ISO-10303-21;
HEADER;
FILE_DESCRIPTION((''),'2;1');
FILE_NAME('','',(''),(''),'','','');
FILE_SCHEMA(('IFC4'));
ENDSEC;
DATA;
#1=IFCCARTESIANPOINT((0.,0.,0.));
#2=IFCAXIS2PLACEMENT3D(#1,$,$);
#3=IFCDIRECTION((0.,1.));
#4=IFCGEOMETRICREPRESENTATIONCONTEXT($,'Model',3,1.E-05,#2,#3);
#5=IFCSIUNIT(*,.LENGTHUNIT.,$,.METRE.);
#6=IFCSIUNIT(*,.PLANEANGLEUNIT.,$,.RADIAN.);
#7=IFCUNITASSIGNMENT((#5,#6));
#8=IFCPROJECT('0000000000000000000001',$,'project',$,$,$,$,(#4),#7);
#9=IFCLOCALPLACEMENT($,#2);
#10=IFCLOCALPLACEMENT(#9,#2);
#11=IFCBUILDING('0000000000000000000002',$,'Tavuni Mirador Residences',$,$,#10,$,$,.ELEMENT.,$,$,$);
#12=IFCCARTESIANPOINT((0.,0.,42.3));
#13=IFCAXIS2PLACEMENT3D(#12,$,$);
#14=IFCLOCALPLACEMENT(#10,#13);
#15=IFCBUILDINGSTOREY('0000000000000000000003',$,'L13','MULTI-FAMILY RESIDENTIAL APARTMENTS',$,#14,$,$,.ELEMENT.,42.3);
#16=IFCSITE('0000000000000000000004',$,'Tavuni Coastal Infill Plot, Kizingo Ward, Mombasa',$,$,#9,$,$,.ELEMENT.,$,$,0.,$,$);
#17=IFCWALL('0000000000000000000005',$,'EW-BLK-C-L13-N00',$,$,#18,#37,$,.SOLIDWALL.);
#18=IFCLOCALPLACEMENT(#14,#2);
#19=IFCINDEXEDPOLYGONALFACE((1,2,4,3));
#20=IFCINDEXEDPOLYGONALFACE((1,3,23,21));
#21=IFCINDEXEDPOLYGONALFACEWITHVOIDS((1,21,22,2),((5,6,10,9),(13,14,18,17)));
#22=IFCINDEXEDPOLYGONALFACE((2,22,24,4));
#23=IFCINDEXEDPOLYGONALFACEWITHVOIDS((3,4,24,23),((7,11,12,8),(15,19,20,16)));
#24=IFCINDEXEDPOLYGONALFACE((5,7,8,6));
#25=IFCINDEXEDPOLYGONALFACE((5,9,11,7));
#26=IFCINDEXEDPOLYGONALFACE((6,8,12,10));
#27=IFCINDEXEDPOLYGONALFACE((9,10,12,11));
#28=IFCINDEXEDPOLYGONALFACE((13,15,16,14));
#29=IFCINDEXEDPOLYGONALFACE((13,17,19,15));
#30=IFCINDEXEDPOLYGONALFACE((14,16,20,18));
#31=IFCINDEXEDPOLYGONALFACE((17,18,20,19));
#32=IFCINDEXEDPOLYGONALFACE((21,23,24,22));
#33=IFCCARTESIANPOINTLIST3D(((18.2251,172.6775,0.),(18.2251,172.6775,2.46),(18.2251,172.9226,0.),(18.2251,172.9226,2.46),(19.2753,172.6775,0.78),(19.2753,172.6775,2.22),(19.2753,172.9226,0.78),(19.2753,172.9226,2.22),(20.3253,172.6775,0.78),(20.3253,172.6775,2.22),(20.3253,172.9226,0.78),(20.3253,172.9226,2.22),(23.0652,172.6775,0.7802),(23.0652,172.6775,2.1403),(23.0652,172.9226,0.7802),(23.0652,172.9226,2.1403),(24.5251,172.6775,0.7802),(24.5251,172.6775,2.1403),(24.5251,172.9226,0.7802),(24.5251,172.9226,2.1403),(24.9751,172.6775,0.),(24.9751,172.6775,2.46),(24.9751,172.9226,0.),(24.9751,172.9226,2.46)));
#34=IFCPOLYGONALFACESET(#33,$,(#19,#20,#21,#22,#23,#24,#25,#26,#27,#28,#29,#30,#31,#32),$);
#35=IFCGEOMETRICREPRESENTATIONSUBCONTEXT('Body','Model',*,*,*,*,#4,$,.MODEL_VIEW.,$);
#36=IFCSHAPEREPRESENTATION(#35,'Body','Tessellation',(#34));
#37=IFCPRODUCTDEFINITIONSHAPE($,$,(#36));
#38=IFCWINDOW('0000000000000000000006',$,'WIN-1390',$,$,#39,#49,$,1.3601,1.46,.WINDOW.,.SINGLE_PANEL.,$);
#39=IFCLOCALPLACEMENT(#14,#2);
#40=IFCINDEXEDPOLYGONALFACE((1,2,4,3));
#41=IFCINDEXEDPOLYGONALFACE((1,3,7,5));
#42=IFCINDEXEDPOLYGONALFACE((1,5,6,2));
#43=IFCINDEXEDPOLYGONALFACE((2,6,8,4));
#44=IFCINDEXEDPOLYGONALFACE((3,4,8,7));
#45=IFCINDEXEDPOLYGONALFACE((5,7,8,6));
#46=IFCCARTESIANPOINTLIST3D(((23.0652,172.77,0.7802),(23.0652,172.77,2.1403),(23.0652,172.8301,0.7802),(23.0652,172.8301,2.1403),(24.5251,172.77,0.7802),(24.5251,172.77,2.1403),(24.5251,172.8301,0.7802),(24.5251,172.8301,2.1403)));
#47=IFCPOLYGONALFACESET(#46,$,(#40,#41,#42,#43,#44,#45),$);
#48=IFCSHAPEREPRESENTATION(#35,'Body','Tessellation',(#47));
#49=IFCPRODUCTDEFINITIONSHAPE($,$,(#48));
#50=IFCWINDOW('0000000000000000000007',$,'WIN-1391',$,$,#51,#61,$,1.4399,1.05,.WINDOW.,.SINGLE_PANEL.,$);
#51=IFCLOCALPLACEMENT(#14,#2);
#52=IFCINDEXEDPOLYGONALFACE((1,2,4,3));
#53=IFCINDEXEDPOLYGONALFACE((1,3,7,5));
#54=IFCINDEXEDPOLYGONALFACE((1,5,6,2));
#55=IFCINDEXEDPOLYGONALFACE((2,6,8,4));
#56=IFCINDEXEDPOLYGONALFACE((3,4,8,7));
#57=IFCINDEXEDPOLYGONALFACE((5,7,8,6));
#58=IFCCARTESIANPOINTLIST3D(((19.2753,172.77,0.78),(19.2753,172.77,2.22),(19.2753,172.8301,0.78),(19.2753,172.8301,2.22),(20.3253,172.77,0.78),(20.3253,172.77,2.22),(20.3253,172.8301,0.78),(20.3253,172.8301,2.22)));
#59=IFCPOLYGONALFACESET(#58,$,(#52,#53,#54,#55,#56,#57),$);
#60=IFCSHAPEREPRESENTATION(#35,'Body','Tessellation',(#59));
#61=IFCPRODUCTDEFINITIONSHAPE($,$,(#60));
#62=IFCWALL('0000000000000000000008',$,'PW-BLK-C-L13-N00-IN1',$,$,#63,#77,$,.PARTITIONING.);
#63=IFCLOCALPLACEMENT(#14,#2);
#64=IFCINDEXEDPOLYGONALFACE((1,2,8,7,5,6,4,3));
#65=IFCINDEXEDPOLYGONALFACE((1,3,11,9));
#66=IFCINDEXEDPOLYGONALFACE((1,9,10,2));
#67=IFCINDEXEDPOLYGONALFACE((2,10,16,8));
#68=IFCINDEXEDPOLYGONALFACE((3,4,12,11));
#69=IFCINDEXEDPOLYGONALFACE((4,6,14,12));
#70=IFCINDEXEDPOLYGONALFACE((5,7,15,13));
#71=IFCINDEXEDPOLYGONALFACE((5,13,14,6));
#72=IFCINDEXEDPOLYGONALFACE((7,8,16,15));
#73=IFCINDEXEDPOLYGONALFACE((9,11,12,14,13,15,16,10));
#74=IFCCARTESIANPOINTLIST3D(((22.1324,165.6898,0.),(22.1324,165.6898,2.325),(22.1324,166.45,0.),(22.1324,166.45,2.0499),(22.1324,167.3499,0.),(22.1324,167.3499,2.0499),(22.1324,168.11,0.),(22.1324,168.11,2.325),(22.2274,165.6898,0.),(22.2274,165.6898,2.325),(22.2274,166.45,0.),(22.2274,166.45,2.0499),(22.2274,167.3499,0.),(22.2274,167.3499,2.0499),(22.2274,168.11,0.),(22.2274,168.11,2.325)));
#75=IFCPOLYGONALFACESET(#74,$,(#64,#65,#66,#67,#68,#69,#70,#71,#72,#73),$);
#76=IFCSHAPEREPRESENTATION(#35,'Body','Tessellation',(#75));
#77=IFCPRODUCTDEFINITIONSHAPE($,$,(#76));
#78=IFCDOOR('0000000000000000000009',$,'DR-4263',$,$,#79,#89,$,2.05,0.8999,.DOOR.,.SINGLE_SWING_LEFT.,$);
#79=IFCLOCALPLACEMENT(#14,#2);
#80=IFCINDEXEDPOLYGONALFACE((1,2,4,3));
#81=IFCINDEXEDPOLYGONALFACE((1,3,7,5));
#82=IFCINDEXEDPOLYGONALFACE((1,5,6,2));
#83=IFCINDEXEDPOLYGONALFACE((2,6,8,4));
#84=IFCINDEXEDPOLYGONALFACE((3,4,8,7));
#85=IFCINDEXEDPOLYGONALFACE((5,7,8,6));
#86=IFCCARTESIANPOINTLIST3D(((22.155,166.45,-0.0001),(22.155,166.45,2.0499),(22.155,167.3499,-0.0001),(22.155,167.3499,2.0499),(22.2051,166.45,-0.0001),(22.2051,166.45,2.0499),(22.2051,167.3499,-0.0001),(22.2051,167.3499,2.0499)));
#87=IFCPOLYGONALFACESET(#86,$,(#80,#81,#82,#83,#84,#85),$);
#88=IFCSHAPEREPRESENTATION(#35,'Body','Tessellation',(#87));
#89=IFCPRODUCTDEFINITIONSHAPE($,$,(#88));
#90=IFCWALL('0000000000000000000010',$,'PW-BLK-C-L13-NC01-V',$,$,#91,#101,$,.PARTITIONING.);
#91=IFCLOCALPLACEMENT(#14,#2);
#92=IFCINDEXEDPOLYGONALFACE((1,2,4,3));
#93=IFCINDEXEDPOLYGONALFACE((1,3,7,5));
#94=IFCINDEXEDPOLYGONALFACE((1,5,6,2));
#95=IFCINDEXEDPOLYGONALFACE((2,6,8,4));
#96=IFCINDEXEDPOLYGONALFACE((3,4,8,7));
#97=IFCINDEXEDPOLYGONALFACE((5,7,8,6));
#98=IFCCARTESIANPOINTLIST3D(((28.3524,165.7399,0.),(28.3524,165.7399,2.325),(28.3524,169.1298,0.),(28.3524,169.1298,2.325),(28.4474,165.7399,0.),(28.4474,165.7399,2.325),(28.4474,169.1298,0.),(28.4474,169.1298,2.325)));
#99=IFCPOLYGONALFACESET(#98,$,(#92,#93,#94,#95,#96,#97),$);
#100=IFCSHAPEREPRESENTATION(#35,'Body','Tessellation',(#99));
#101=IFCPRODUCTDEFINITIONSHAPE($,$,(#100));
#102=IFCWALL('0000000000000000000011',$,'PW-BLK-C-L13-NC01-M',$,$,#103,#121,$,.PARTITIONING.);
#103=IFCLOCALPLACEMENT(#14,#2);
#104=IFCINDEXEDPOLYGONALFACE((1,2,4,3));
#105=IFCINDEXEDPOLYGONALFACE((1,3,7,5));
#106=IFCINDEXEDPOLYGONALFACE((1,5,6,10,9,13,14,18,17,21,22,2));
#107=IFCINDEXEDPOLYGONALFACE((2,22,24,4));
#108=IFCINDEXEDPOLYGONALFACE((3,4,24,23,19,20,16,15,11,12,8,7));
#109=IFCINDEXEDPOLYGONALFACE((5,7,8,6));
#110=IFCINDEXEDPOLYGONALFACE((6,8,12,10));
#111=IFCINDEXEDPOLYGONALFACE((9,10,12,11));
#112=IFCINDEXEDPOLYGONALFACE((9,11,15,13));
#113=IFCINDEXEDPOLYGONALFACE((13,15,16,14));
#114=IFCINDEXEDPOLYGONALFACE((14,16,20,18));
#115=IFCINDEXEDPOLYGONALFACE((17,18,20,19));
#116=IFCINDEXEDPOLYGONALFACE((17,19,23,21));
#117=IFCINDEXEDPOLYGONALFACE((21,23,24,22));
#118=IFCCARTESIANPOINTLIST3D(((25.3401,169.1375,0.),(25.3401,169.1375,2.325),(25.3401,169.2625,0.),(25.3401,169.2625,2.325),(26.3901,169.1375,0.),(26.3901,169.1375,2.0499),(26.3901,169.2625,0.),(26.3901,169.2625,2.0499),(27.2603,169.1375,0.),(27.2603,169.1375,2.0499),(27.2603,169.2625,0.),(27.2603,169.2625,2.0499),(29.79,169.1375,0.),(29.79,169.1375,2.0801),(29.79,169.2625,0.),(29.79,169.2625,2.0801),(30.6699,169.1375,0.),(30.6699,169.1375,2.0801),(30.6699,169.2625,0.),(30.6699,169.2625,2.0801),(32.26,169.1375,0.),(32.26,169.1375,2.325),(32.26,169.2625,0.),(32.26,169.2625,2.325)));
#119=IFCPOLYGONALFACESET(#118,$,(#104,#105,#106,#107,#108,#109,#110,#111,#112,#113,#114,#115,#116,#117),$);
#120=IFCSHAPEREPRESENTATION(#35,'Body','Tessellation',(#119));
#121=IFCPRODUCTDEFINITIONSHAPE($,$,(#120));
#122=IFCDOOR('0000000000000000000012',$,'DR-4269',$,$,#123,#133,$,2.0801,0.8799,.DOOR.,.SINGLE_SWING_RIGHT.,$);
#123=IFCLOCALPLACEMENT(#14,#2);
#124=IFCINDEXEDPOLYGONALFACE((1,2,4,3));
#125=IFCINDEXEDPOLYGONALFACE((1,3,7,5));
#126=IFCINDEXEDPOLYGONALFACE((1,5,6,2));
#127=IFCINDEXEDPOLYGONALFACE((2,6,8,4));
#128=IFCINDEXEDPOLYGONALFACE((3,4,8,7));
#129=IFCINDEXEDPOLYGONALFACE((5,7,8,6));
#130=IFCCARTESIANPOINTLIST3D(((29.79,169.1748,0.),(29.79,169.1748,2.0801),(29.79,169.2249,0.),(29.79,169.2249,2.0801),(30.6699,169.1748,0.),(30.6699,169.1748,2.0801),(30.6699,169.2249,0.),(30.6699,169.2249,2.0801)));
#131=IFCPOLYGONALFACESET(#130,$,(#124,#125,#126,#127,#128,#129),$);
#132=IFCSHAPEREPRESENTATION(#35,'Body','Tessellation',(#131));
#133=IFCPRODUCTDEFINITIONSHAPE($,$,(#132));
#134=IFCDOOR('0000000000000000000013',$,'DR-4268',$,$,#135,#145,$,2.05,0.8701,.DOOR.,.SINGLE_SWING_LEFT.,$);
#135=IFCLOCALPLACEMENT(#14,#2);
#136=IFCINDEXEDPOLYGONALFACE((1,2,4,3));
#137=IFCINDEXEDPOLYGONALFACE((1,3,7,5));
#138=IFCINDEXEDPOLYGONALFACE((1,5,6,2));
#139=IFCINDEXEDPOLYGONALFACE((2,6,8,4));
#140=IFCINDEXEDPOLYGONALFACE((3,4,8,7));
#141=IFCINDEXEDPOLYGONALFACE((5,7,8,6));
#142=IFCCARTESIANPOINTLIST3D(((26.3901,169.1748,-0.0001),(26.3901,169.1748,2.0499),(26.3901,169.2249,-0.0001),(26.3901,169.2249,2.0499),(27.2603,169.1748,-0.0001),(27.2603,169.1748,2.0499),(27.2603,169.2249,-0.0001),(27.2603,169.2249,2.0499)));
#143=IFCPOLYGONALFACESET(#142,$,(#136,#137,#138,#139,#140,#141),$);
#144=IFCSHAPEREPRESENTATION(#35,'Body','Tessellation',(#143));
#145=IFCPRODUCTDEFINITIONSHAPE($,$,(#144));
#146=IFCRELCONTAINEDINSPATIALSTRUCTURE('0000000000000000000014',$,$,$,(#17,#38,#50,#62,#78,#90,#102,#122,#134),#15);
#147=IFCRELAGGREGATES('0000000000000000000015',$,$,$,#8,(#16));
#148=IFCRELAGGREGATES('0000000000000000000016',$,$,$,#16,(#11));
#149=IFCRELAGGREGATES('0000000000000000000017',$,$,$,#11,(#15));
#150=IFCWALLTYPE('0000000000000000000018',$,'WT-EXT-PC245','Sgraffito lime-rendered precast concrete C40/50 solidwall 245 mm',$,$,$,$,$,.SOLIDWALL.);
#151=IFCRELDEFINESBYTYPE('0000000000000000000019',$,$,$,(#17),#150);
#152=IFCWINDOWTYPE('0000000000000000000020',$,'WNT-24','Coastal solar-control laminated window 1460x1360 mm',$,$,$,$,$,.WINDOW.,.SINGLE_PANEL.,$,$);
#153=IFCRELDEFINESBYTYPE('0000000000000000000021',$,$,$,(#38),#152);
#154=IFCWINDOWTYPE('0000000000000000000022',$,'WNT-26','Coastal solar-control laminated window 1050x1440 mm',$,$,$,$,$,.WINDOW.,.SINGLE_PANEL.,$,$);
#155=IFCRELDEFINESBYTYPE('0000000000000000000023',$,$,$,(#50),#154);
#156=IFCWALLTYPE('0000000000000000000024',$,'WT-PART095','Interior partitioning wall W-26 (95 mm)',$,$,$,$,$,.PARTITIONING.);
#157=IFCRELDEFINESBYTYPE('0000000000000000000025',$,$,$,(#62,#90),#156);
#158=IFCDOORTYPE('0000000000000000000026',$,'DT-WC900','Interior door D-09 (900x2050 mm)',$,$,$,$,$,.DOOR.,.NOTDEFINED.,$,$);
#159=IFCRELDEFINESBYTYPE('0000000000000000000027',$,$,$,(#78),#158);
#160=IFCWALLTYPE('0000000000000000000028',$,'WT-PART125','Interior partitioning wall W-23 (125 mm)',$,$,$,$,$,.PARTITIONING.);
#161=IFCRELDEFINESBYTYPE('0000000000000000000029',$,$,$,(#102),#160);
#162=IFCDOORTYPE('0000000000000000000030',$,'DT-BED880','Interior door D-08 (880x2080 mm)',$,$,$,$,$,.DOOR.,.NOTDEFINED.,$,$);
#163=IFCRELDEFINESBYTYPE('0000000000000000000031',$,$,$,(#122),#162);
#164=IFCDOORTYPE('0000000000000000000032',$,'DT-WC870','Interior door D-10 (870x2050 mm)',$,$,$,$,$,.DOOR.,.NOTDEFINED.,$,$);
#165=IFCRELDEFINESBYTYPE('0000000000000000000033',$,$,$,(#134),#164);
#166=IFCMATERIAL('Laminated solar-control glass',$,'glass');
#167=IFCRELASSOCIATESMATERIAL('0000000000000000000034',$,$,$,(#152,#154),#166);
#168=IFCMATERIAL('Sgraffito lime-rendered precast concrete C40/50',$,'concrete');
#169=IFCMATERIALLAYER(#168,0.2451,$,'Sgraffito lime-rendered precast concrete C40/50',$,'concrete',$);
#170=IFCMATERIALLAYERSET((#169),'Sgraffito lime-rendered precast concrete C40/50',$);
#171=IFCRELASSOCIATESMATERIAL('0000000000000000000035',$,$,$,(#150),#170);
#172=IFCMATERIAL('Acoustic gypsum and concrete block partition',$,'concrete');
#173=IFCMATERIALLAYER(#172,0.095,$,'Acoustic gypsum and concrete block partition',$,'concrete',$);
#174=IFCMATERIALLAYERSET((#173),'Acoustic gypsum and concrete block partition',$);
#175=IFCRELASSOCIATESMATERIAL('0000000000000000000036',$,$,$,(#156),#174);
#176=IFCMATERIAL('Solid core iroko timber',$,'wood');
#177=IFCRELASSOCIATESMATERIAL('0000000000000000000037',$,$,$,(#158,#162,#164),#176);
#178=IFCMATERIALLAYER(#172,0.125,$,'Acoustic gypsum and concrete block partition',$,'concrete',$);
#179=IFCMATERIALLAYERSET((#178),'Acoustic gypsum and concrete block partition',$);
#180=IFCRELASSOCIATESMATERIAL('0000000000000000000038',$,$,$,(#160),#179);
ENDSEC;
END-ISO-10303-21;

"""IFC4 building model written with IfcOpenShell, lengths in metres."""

from ifc_helpers import new_model, si_unit, direction, frame, frame_2d, origin, place, context, subcontext, project, spatial, rectangle, extrude, material, layer, layer_set, type_object, element, fill, save


model = new_model("IFC4")

# Units and contexts
model_context = context("Model", 3, precision=1e-05, world=origin(), true_north=direction((0.0, 1.0)))
body_context = subcontext(model_context, "Body", "Model", "MODEL_VIEW")
ifc_project = project(units=[si_unit("LENGTHUNIT", "METRE"), si_unit("PLANEANGLEUNIT", "RADIAN")], contexts=[model_context])

# Site, building, storey
site_placement = place(None, origin())
site = spatial("IfcSite", under=ifc_project, at=site_placement, Name="Tavuni Coastal Infill Plot, Kizingo Ward, Mombasa", CompositionType="ELEMENT", RefElevation=0.0)
building_placement = place(site_placement, origin())
building = spatial("IfcBuilding", under=site, at=building_placement, Name="Tavuni Mirador Residences", CompositionType="ELEMENT")
storey_placement = place(building_placement, frame((0.0, 0.0, 42.3)))
storey = spatial("IfcBuildingStorey", under=building, at=storey_placement, Name="L13", Description="MULTI-FAMILY RESIDENTIAL APARTMENTS", CompositionType="ELEMENT", Elevation=42.3)

# Wall, openings, windows
ifc_material_1 = material(Name="Laminated solar-control glass", Category="glass")
window_type_1 = type_object("IfcWindowType", Name="WNT-24", Description="Coastal solar-control laminated window 1460x1360 mm", PartitioningType="SINGLE_PANEL", PredefinedType="WINDOW", material=ifc_material_1)
ifc_material_2 = material(Name="Sgraffito lime-rendered precast concrete C40/50", Category="concrete")
ifc_layer_1 = layer(ifc_material_2, 0.2451, Name="Sgraffito lime-rendered precast concrete C40/50", Category="concrete")
ifc_layer_set_1 = layer_set([ifc_layer_1], Name="Sgraffito lime-rendered precast concrete C40/50")
wall_type_1 = type_object("IfcWallType", Name="WT-EXT-PC245", Description="Sgraffito lime-rendered precast concrete C40/50 solidwall 245 mm", PredefinedType="SOLIDWALL", material=ifc_layer_set_1)
wall_1_placement = place(storey_placement, frame((24.9751, 172.8, 0.0), z_axis=(0.0, 0.0, 1.0), x_axis=(-1.0, 0.0, 0.0)))
wall_1 = element("IfcWall", 1, at=wall_1_placement, inside=storey, type_object=wall_type_1, Name="EW-BLK-C-L13-N00", PredefinedType="SOLIDWALL", context=body_context, shape_type="SweptSolid", body=[
    extrude(rectangle(XDim=6.75, YDim=0.2451, at=frame_2d((3.375, 0.0))), origin(), (0.0, 0.0, 1.0), 2.46),
])
opening_1_placement = place(wall_1_placement, frame((0.45, 0.0, 0.78)))
opening_1 = element("IfcOpeningElement", 2, at=opening_1_placement, cuts=wall_1, PredefinedType="OPENING", context=body_context, shape_type="SweptSolid", body=[
    extrude(rectangle(XDim=1.46, YDim=1.3601, at=frame_2d((0.73, 0.6802))), frame((0.0, 0.1326, 0.0), z_axis=(0.0, -1.0, 0.0), x_axis=(1.0, 0.0, 0.0)), (0.0, 0.0, 1.0), 0.2651),
])
opening_2_placement = place(wall_1_placement, frame((4.6499, 0.0, 0.78)))
opening_2 = element("IfcOpeningElement", 3, at=opening_2_placement, cuts=wall_1, PredefinedType="OPENING", context=body_context, shape_type="SweptSolid", body=[
    extrude(rectangle(XDim=1.05, YDim=1.4399, at=frame_2d((0.5249, 0.72))), frame((0.0, 0.1326, 0.0), z_axis=(0.0, -1.0, 0.0), x_axis=(1.0, 0.0, 0.0)), (0.0, 0.0, 1.0), 0.2651),
])
window_1_placement = place(opening_1_placement, origin())
window_1 = element("IfcWindow", 4, at=window_1_placement, inside=storey, type_object=window_type_1, Name="WIN-1390", OverallHeight=1.3601, OverallWidth=1.46, PartitioningType="SINGLE_PANEL", PredefinedType="WINDOW", context=body_context, shape_type="SweptSolid", body=[
    extrude(rectangle(XDim=1.46, YDim=1.3601, at=frame_2d((0.73, 0.6802))), frame((0.0, 0.03, 0.0), z_axis=(0.0, -1.0, 0.0), x_axis=(1.0, 0.0, 0.0)), (0.0, 0.0, 1.0), 0.0601),
])
fill(opening_1, window_1)
window_type_2 = type_object("IfcWindowType", Name="WNT-26", Description="Coastal solar-control laminated window 1050x1440 mm", PartitioningType="SINGLE_PANEL", PredefinedType="WINDOW", material=ifc_material_1)
window_2_placement = place(opening_2_placement, origin())
window_2 = element("IfcWindow", 5, at=window_2_placement, inside=storey, type_object=window_type_2, Name="WIN-1391", OverallHeight=1.4399, OverallWidth=1.05, PartitioningType="SINGLE_PANEL", PredefinedType="WINDOW", context=body_context, shape_type="SweptSolid", body=[
    extrude(rectangle(XDim=1.05, YDim=1.4399, at=frame_2d((0.5249, 0.72))), frame((0.0, 0.03, 0.0), z_axis=(0.0, -1.0, 0.0), x_axis=(1.0, 0.0, 0.0)), (0.0, 0.0, 1.0), 0.0601),
])
fill(opening_2, window_2)

# Wall, opening, door
ifc_material_3 = material(Name="Acoustic gypsum and concrete block partition", Category="concrete")
ifc_layer_2 = layer(ifc_material_3, 0.095, Name="Acoustic gypsum and concrete block partition", Category="concrete")
ifc_layer_set_2 = layer_set([ifc_layer_2], Name="Acoustic gypsum and concrete block partition")
wall_type_2 = type_object("IfcWallType", Name="WT-PART095", Description="Interior partitioning wall W-26 (95 mm)", PredefinedType="PARTITIONING", material=ifc_layer_set_2)
wall_2_placement = place(storey_placement, frame((22.1799, 165.6899, 0.0), z_axis=(0.0, 0.0, 1.0), x_axis=(0.0, 1.0, 0.0)))
wall_2 = element("IfcWall", 6, at=wall_2_placement, inside=storey, type_object=wall_type_2, Name="PW-BLK-C-L13-N00-IN1", PredefinedType="PARTITIONING", context=body_context, shape_type="SweptSolid", body=[
    extrude(rectangle(XDim=2.4202, YDim=0.095, at=frame_2d((1.21, 0.0))), origin(), (0.0, 0.0, 1.0), 2.325),
])
opening_3_placement = place(wall_2_placement, frame((0.76, 0.0, 0.0)))
opening_3 = element("IfcOpeningElement", 7, at=opening_3_placement, cuts=wall_2, PredefinedType="OPENING", context=body_context, shape_type="SweptSolid", body=[
    extrude(rectangle(XDim=0.8999, YDim=2.05, at=frame_2d((0.45, 1.0249))), frame((0.0, 0.0576, 0.0), z_axis=(0.0, -1.0, 0.0), x_axis=(1.0, 0.0, 0.0)), (0.0, 0.0, 1.0), 0.115),
])
ifc_material_4 = material(Name="Solid core iroko timber", Category="wood")
door_type_1 = type_object("IfcDoorType", Name="DT-WC900", Description="Interior door D-09 (900x2050 mm)", OperationType="NOTDEFINED", PredefinedType="DOOR", material=ifc_material_4)
door_1_placement = place(opening_3_placement, origin())
door_1 = element("IfcDoor", 8, at=door_1_placement, inside=storey, type_object=door_type_1, Name="DR-4263", OperationType="SINGLE_SWING_LEFT", OverallHeight=2.05, OverallWidth=0.8999, PredefinedType="DOOR", context=body_context, shape_type="SweptSolid", body=[
    extrude(rectangle(XDim=0.8999, YDim=2.05, at=frame_2d((0.45, 1.0249))), frame((0.0, 0.0249, 0.0), z_axis=(0.0, -1.0, 0.0), x_axis=(1.0, 0.0, 0.0)), (0.0, 0.0, 1.0), 0.05),
])
fill(opening_3, door_1)

# Wall
wall_3_placement = place(storey_placement, frame((28.3999, 165.74, 0.0), z_axis=(0.0, 0.0, 1.0), x_axis=(0.0, 1.0, 0.0)))
element("IfcWall", 9, at=wall_3_placement, inside=storey, type_object=wall_type_2, Name="PW-BLK-C-L13-NC01-V", PredefinedType="PARTITIONING", context=body_context, shape_type="SweptSolid", body=[
    extrude(rectangle(XDim=3.3899, YDim=0.095, at=frame_2d((1.6948, 0.0))), origin(), (0.0, 0.0, 1.0), 2.325),
])

# Wall, openings, doors
ifc_layer_3 = layer(ifc_material_3, 0.125, Name="Acoustic gypsum and concrete block partition", Category="concrete")
ifc_layer_set_3 = layer_set([ifc_layer_3], Name="Acoustic gypsum and concrete block partition")
wall_type_3 = type_object("IfcWallType", Name="WT-PART125", Description="Interior partitioning wall W-23 (125 mm)", PredefinedType="PARTITIONING", material=ifc_layer_set_3)
wall_4_placement = place(storey_placement, frame((25.3401, 169.2, 0.0), z_axis=(0.0, 0.0, 1.0), x_axis=(1.0, 0.0, 0.0)))
wall_4 = element("IfcWall", 10, at=wall_4_placement, inside=storey, type_object=wall_type_3, Name="PW-BLK-C-L13-NC01-M", PredefinedType="PARTITIONING", context=body_context, shape_type="SweptSolid", body=[
    extrude(rectangle(XDim=6.9199, YDim=0.125, at=frame_2d((3.46, 0.0))), origin(), (0.0, 0.0, 1.0), 2.325),
])
opening_4_placement = place(wall_4_placement, frame((1.05, 0.0, 0.0)))
opening_4 = element("IfcOpeningElement", 11, at=opening_4_placement, cuts=wall_4, PredefinedType="OPENING", context=body_context, shape_type="SweptSolid", body=[
    extrude(rectangle(XDim=0.8701, YDim=2.05, at=frame_2d((0.4351, 1.0249))), frame((0.0, 0.0725, 0.0), z_axis=(0.0, -1.0, 0.0), x_axis=(1.0, 0.0, 0.0)), (0.0, 0.0, 1.0), 0.145),
])
opening_5_placement = place(wall_4_placement, frame((4.45, 0.0, 0.0)))
opening_5 = element("IfcOpeningElement", 12, at=opening_5_placement, cuts=wall_4, PredefinedType="OPENING", context=body_context, shape_type="SweptSolid", body=[
    extrude(rectangle(XDim=0.8799, YDim=2.0801, at=frame_2d((0.4399, 1.04))), frame((0.0, 0.0725, 0.0), z_axis=(0.0, -1.0, 0.0), x_axis=(1.0, 0.0, 0.0)), (0.0, 0.0, 1.0), 0.145),
])
door_type_2 = type_object("IfcDoorType", Name="DT-BED880", Description="Interior door D-08 (880x2080 mm)", OperationType="NOTDEFINED", PredefinedType="DOOR", material=ifc_material_4)
door_2_placement = place(opening_5_placement, origin())
door_2 = element("IfcDoor", 13, at=door_2_placement, inside=storey, type_object=door_type_2, Name="DR-4269", OperationType="SINGLE_SWING_RIGHT", OverallHeight=2.0801, OverallWidth=0.8799, PredefinedType="DOOR", context=body_context, shape_type="SweptSolid", body=[
    extrude(rectangle(XDim=0.8799, YDim=2.0801, at=frame_2d((0.4399, 1.04))), frame((0.0, 0.0249, 0.0), z_axis=(0.0, -1.0, 0.0), x_axis=(1.0, 0.0, 0.0)), (0.0, 0.0, 1.0), 0.05),
])
fill(opening_5, door_2)
door_type_3 = type_object("IfcDoorType", Name="DT-WC870", Description="Interior door D-10 (870x2050 mm)", OperationType="NOTDEFINED", PredefinedType="DOOR", material=ifc_material_4)
door_3_placement = place(opening_4_placement, origin())
door_3 = element("IfcDoor", 14, at=door_3_placement, inside=storey, type_object=door_type_3, Name="DR-4268", OperationType="SINGLE_SWING_LEFT", OverallHeight=2.05, OverallWidth=0.8701, PredefinedType="DOOR", context=body_context, shape_type="SweptSolid", body=[
    extrude(rectangle(XDim=0.8701, YDim=2.05, at=frame_2d((0.4351, 1.0249))), frame((0.0, 0.0249, 0.0), z_axis=(0.0, -1.0, 0.0), x_axis=(1.0, 0.0, 0.0)), (0.0, 0.0, 1.0), 0.05),
])
fill(opening_4, door_3)

save(model, "model.ifc")
